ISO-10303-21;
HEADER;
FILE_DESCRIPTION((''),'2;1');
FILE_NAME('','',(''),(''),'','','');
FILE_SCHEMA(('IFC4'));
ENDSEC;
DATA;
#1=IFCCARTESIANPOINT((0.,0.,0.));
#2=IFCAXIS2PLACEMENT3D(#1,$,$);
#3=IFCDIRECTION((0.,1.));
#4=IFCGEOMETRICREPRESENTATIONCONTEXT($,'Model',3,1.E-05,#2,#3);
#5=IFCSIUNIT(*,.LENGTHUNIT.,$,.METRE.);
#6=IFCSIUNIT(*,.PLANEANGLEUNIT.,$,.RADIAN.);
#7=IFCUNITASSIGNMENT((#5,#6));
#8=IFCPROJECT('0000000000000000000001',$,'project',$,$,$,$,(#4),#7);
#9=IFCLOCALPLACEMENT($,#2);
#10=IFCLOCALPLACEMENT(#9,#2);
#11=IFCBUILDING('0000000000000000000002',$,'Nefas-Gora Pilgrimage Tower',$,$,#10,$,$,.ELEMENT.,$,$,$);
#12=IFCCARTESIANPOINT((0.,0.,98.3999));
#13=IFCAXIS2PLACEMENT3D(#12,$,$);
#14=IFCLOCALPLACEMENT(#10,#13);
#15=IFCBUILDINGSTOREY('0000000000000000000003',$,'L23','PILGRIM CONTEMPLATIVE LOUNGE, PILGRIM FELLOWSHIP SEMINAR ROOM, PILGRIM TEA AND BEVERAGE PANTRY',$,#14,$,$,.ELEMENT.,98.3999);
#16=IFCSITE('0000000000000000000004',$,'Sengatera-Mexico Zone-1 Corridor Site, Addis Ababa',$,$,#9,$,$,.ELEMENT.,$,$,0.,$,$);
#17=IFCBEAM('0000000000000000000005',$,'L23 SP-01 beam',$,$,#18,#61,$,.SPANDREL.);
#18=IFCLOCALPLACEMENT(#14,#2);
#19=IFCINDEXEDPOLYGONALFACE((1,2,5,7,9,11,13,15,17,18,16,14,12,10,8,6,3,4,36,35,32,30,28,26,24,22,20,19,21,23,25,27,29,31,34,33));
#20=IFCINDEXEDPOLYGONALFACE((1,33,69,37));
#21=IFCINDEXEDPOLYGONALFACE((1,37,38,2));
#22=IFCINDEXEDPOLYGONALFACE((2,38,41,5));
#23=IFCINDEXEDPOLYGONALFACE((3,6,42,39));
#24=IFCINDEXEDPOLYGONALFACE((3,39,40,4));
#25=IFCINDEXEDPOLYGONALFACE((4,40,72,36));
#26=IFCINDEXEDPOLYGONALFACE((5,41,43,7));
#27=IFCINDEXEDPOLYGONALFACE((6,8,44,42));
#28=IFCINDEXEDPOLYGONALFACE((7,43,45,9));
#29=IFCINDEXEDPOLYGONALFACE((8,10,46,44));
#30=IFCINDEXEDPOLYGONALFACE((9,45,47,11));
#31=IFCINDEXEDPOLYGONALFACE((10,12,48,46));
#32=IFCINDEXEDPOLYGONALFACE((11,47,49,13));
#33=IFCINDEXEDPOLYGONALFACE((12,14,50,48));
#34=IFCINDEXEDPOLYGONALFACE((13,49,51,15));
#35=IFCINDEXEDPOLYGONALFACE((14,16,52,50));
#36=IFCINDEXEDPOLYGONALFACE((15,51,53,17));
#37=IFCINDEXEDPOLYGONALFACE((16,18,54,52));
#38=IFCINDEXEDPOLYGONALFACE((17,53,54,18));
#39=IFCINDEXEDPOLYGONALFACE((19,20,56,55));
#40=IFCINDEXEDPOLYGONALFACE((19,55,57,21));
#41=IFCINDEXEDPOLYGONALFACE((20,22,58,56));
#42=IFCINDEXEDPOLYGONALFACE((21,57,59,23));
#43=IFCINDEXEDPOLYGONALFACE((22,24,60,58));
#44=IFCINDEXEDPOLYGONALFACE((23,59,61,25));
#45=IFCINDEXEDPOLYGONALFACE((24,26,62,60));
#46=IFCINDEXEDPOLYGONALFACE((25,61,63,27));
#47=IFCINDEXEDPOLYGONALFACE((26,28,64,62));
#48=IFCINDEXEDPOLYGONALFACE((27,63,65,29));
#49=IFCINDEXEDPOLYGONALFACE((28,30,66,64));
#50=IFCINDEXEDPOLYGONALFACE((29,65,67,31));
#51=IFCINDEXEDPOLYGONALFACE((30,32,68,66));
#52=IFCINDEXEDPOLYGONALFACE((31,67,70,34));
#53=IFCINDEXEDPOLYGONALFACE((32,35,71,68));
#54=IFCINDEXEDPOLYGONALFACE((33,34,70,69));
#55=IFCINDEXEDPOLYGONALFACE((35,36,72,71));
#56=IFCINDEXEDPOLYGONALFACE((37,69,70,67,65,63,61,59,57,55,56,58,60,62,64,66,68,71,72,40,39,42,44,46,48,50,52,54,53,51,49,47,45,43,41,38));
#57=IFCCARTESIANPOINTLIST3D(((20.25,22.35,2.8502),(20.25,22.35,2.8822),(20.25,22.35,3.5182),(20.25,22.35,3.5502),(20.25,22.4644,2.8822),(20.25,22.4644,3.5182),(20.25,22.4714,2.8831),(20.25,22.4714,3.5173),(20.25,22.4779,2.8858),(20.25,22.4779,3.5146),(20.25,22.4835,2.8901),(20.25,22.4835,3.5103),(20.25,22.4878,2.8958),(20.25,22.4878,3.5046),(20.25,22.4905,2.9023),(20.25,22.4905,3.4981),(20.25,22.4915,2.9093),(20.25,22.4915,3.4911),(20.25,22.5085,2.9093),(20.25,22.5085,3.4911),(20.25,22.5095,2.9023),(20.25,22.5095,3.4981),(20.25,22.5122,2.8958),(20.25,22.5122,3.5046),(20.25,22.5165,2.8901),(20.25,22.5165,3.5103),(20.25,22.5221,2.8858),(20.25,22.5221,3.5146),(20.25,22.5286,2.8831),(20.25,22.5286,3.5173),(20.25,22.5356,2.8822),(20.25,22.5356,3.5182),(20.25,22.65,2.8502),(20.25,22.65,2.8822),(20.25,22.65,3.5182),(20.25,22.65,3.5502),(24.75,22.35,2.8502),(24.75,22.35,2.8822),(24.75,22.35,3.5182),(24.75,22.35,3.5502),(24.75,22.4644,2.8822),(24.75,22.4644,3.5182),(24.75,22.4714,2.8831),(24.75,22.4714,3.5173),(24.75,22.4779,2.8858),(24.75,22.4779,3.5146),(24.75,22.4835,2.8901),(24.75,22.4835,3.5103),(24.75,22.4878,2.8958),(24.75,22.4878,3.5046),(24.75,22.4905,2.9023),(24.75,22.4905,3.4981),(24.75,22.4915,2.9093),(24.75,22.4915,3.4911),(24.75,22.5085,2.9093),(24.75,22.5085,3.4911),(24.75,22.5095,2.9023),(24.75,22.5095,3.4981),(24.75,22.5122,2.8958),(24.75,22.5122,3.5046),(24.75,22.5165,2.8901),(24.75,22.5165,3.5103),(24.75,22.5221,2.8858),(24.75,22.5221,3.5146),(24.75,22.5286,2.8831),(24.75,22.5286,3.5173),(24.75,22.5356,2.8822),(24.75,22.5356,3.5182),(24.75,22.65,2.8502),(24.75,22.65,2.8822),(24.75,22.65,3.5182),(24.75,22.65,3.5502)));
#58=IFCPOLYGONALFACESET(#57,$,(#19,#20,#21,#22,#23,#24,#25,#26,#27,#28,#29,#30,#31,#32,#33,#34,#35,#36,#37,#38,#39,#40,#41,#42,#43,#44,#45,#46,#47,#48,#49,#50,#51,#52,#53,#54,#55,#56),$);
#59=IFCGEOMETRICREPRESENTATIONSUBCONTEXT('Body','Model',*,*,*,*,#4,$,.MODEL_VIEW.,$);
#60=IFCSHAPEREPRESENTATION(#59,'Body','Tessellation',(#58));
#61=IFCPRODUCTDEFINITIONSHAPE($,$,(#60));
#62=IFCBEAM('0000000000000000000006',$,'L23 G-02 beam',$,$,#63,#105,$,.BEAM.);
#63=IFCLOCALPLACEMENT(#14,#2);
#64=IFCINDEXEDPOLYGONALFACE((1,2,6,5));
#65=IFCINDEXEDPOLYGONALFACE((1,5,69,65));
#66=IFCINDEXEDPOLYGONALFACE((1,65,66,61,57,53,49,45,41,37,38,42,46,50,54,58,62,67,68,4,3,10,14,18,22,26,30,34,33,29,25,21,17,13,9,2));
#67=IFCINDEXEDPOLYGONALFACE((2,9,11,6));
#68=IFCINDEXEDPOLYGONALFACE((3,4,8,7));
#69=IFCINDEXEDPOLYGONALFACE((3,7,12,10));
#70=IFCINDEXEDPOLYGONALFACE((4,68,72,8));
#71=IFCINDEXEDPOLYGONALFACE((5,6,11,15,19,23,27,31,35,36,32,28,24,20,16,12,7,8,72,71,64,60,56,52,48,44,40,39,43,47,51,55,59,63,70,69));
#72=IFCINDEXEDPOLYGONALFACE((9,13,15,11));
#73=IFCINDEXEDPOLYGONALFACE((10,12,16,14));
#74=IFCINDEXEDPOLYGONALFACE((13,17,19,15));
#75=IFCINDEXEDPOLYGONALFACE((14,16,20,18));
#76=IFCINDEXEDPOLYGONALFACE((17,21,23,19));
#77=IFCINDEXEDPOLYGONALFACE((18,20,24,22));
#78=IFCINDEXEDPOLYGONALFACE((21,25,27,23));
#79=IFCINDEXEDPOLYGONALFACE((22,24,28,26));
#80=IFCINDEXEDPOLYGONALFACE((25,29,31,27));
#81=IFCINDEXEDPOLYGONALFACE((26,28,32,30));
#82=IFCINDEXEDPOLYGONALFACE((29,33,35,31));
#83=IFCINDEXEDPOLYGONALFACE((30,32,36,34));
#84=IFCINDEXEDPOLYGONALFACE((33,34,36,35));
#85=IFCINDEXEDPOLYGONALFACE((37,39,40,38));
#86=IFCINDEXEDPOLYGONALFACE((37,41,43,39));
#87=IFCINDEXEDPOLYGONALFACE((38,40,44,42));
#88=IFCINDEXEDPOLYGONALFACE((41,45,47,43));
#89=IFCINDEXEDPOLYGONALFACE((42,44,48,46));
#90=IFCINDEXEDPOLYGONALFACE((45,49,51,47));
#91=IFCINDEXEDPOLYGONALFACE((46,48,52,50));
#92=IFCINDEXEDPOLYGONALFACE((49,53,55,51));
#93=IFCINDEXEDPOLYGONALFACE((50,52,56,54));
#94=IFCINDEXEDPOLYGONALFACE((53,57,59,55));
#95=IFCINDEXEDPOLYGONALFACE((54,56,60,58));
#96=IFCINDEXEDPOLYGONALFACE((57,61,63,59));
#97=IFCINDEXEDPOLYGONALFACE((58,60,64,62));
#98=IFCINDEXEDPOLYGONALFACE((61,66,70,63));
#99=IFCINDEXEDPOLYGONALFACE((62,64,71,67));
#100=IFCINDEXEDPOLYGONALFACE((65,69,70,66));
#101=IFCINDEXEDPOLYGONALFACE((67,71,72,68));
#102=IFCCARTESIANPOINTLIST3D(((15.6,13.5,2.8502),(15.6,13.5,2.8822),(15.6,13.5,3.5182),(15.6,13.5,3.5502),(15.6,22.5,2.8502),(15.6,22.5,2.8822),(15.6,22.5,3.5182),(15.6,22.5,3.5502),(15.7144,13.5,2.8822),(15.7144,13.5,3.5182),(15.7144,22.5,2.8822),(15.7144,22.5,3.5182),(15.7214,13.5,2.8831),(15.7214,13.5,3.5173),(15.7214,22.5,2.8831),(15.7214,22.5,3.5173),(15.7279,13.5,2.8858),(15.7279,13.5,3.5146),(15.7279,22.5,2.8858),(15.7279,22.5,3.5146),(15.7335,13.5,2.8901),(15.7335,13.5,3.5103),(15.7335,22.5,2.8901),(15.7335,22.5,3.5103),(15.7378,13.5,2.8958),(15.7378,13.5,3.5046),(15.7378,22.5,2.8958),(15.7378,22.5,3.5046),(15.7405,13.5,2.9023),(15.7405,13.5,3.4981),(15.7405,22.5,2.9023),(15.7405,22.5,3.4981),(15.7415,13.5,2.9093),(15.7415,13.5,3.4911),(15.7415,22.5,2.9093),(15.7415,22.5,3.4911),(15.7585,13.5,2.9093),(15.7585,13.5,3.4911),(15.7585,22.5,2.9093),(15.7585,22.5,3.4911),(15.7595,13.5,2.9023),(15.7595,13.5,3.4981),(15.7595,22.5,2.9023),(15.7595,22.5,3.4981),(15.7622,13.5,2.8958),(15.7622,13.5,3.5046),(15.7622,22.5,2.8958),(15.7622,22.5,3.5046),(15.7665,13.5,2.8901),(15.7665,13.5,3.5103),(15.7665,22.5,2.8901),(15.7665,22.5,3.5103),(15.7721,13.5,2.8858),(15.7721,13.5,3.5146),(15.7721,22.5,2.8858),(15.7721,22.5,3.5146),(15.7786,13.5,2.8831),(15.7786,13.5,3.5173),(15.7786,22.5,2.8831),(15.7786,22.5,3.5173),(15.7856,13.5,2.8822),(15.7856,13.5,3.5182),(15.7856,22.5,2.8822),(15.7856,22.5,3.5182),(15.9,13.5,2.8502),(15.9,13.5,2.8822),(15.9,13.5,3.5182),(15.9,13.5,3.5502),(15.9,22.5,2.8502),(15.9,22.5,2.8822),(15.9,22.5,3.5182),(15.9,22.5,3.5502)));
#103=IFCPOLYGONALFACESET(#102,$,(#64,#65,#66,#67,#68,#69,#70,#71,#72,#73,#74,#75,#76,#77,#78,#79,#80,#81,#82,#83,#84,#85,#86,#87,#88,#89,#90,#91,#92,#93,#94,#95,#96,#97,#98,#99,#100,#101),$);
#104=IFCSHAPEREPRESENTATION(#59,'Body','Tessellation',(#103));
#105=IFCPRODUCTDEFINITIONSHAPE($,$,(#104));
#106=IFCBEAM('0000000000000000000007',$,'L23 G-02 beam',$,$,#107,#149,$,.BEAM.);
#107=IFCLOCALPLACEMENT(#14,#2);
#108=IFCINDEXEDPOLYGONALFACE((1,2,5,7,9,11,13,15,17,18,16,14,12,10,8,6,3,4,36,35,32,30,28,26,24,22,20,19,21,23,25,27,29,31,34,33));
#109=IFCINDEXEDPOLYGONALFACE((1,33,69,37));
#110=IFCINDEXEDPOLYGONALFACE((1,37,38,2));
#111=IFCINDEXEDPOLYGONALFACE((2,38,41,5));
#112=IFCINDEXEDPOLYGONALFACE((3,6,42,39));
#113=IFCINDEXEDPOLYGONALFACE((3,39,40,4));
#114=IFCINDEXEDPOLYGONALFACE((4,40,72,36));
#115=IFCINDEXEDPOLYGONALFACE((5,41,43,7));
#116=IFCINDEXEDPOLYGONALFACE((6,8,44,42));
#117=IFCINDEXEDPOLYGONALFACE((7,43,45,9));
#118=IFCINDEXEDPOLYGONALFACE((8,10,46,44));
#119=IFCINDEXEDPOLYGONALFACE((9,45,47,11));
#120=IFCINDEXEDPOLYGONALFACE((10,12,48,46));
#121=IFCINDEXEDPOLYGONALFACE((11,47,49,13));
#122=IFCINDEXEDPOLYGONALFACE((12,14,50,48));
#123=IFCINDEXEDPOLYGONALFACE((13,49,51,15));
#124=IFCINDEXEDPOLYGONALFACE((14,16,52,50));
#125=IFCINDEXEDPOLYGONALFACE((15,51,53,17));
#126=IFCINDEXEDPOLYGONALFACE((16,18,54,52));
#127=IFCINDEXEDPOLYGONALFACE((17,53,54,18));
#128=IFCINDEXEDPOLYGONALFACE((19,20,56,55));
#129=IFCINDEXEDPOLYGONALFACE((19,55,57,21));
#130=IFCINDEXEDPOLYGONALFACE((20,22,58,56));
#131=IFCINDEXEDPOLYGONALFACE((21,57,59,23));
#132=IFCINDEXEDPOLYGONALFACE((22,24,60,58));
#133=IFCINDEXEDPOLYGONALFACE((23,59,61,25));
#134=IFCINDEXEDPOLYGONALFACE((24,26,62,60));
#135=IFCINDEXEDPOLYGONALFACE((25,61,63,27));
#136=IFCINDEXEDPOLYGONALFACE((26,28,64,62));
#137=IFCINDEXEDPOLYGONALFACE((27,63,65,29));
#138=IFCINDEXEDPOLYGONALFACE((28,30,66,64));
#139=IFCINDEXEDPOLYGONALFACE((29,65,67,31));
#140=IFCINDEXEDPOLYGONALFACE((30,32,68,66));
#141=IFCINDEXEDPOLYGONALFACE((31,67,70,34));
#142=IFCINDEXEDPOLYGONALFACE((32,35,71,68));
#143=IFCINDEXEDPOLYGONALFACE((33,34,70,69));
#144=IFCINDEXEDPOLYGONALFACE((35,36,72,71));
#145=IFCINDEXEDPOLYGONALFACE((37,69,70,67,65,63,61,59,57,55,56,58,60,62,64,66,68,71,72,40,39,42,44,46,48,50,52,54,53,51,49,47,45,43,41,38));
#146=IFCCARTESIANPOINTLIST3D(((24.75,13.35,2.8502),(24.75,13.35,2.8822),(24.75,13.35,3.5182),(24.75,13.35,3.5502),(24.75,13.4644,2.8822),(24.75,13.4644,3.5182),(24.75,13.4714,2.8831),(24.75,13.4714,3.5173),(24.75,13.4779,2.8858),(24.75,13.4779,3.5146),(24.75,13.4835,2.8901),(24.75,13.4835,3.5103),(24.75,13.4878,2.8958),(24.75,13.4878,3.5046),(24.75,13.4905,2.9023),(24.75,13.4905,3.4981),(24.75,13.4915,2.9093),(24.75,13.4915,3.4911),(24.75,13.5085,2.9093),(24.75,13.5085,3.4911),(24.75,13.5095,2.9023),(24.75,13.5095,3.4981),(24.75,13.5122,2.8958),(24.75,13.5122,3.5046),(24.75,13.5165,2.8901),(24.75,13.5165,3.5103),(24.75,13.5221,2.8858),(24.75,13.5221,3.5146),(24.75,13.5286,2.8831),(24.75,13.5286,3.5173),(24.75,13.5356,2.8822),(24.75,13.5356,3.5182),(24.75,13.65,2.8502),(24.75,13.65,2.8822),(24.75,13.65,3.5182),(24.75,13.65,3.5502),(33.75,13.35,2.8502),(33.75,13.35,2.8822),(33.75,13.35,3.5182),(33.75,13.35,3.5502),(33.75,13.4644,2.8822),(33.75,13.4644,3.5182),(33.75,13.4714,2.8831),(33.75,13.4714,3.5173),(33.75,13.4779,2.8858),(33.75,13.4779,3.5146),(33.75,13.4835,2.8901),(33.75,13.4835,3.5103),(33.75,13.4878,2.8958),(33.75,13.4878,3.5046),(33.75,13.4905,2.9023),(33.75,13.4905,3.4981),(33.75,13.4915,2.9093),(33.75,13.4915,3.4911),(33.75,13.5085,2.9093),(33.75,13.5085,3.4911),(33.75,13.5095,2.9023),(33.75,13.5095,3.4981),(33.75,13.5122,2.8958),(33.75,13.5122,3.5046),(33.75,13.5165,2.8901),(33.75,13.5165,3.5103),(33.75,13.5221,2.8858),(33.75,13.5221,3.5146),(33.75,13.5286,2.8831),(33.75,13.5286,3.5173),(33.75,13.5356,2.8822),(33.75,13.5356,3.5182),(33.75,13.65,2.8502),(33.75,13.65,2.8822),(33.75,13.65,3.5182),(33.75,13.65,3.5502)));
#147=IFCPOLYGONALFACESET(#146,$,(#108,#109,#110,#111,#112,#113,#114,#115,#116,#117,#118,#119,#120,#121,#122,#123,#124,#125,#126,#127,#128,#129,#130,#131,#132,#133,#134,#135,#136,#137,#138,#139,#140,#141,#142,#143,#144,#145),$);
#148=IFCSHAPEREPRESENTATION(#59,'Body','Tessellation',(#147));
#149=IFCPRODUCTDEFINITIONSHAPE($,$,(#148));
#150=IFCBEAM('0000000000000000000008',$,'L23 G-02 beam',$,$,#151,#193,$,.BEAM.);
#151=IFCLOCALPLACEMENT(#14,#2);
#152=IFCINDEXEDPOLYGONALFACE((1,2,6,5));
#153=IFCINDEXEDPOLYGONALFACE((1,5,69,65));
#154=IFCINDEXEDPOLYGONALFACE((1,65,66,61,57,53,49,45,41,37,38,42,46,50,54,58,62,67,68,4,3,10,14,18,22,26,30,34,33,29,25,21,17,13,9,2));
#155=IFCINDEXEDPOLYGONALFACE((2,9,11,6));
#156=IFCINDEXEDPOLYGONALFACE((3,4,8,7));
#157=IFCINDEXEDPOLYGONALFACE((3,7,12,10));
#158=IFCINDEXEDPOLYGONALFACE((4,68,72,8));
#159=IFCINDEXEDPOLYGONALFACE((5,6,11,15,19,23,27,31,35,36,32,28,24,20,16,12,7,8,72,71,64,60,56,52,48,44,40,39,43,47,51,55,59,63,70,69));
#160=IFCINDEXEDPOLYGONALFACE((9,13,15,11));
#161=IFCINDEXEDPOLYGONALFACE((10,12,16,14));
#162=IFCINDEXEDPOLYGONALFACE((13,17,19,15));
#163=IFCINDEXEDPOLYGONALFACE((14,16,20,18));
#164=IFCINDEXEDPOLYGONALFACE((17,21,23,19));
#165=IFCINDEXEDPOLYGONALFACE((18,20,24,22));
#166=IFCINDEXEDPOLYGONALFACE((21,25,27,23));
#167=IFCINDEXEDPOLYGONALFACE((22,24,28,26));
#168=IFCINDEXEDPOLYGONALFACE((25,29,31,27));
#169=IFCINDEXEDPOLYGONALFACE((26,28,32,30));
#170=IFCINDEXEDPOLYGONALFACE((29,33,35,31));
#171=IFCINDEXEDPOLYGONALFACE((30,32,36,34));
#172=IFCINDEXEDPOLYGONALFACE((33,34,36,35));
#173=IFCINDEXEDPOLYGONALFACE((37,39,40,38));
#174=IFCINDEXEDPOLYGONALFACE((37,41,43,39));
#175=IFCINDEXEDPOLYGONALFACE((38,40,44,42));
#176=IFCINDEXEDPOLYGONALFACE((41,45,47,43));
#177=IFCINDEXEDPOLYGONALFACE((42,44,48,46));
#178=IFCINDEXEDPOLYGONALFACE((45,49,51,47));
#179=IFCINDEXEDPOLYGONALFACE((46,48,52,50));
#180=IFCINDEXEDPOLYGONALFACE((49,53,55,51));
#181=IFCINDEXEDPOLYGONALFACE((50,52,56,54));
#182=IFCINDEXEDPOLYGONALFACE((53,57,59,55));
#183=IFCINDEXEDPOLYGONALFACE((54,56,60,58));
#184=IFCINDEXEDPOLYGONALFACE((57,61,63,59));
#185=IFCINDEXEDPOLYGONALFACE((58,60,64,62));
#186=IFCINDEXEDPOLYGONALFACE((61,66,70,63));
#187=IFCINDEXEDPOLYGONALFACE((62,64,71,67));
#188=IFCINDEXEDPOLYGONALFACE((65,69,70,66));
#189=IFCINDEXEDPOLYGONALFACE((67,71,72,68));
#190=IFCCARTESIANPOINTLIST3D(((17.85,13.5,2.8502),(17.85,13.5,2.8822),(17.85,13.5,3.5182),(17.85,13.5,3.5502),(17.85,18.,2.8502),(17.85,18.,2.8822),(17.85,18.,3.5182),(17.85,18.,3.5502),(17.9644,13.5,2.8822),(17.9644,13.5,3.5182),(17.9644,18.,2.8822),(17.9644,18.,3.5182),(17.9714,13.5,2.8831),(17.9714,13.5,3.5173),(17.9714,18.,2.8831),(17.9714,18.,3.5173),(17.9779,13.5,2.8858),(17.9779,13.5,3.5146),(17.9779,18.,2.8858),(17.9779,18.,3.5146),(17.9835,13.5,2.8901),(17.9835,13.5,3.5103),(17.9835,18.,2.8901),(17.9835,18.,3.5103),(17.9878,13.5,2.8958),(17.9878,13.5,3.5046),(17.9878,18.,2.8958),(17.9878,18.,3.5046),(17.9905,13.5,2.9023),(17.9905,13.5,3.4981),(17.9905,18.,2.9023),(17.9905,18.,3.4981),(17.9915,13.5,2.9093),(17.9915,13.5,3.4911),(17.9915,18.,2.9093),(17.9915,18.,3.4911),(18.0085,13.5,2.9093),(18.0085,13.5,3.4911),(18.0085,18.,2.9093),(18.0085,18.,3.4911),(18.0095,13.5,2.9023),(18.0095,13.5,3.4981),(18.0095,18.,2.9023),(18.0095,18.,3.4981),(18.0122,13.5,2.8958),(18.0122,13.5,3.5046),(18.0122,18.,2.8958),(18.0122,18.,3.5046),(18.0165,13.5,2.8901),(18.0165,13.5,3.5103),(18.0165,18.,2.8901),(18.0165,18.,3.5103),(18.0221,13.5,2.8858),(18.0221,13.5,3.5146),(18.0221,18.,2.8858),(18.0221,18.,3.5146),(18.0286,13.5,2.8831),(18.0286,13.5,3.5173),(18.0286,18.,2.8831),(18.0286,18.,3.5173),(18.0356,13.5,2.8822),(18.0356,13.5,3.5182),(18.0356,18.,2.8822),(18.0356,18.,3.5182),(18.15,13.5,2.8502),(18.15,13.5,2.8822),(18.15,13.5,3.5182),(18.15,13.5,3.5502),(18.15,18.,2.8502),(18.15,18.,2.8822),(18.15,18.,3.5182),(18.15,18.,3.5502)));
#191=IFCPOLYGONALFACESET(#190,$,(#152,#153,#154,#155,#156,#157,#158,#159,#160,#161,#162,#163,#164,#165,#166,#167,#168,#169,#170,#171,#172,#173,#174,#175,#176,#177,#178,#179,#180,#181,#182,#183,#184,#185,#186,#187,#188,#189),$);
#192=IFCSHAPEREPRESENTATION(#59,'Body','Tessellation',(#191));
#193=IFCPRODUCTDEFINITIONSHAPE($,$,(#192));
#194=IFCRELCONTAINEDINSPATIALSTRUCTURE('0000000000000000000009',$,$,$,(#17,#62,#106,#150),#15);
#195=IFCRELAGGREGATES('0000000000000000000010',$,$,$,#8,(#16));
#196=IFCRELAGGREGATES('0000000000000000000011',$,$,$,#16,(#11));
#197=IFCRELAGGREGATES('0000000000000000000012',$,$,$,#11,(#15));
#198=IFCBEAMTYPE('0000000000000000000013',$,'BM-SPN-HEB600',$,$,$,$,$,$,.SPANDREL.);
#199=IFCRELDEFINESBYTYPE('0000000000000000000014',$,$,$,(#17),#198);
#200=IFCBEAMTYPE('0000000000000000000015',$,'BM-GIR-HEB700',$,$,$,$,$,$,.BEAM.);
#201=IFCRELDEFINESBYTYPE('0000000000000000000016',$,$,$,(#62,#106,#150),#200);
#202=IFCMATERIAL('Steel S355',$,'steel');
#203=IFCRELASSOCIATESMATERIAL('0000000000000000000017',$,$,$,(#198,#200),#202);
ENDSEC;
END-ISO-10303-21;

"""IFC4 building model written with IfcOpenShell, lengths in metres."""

from ifc_helpers import new_model, si_unit, direction, frame, origin, origin_2d, place, context, subcontext, project, spatial, i_section, extrude, source, transform, mapped, material, material_profile, profile_set, type_object, element, save


model = new_model("IFC4")

# Units and contexts
model_context = context("Model", 3, precision=1e-05, world=origin(), true_north=direction((0.0, 1.0)))
body_context = subcontext(model_context, "Body", "Model", "MODEL_VIEW")
ifc_project = project(units=[si_unit("LENGTHUNIT", "METRE"), si_unit("PLANEANGLEUNIT", "RADIAN")], contexts=[model_context])

# Site, building, storey
site_placement = place(None, origin())
site = spatial("IfcSite", under=ifc_project, at=site_placement, Name="Sengatera-Mexico Zone-1 Corridor Site, Addis Ababa", CompositionType="ELEMENT", RefElevation=0.0)
building_placement = place(site_placement, origin())
building = spatial("IfcBuilding", under=site, at=building_placement, Name="Nefas-Gora Pilgrimage Tower", CompositionType="ELEMENT")
storey_placement = place(building_placement, frame((0.0, 0.0, 98.3999)))
storey = spatial("IfcBuildingStorey", under=building, at=storey_placement, Name="L23", Description="PILGRIM CONTEMPLATIVE LOUNGE, PILGRIM FELLOWSHIP SEMINAR ROOM, PILGRIM TEA AND BEVERAGE PANTRY", CompositionType="ELEMENT", Elevation=98.3999)

# Beams
ifc_material_1 = material(Name="Steel S355", Category="steel")
ifc_material_profile_1 = material_profile(ifc_material_1, i_section(OverallWidth=0.3, OverallDepth=0.7, WebThickness=0.0171, FlangeThickness=0.032, FilletRadius=0.0271, at=origin_2d()), Name="HEB 700")
ifc_profile_set_1 = profile_set([ifc_material_profile_1], Name="Steel S355")
beam_type_1 = type_object("IfcBeamType", Name="BM-SPN-HEB600", PredefinedType="SPANDREL", material=ifc_profile_set_1)
shared_shape_1 = source(origin(), body_context, "Body", "SweptSolid", [
    extrude(i_section(OverallWidth=0.3, OverallDepth=0.7, WebThickness=0.0171, FlangeThickness=0.032, FilletRadius=0.0271, at=origin_2d()), origin(), (0.0, 0.0, 1.0), 4.5),
])
beam_1_placement = place(storey_placement, frame((20.25, 22.5, 3.2002), z_axis=(1.0, 0.0, 0.0), x_axis=(0.0, 1.0, 0.0)))
element("IfcBeam", 1, at=beam_1_placement, inside=storey, type_object=beam_type_1, Name="L23 SP-01 beam", PredefinedType="SPANDREL", context=body_context, shape_type="MappedRepresentation", body=[
    mapped(shared_shape_1, transform((0.0, 0.0, 0.0), x_axis=(1.0, 0.0, 0.0), y_axis=(0.0, 1.0, 0.0), z_axis=(0.0, 0.0, 1.0), scale=1.0)),
])
ifc_material_profile_2 = material_profile(ifc_material_1, i_section(OverallWidth=0.3, OverallDepth=0.7, WebThickness=0.0171, FlangeThickness=0.032, FilletRadius=0.0271, at=origin_2d()), Name="HEB 700")
ifc_profile_set_2 = profile_set([ifc_material_profile_2], Name="Steel S355")
beam_type_2 = type_object("IfcBeamType", Name="BM-GIR-HEB700", PredefinedType="BEAM", material=ifc_profile_set_2)
shared_shape_2 = source(origin(), body_context, "Body", "SweptSolid", [
    extrude(i_section(OverallWidth=0.3, OverallDepth=0.7, WebThickness=0.0171, FlangeThickness=0.032, FilletRadius=0.0271, at=origin_2d()), origin(), (0.0, 0.0, 1.0), 9.0),
])
for number, where, z_axis, x_axis, name in (
    (2, (15.75, 13.5, 3.2002), (0.0, 1.0, 0.0), (-1.0, 0.0, 0.0), "L23 G-02 beam"),
    (3, (24.75, 13.5, 3.2002), (1.0, 0.0, 0.0), (0.0, 1.0, 0.0), "L23 G-02 beam"),
):
    element("IfcBeam", number, at=place(storey_placement, frame(where, z_axis=z_axis, x_axis=x_axis)), inside=storey, type_object=beam_type_2, Name=name, PredefinedType="BEAM", context=body_context, shape_type="MappedRepresentation", body=[
        mapped(shared_shape_2, transform((0.0, 0.0, 0.0), x_axis=(1.0, 0.0, 0.0), y_axis=(0.0, 1.0, 0.0), z_axis=(0.0, 0.0, 1.0), scale=1.0)),
    ])
shared_shape_3 = source(origin(), body_context, "Body", "SweptSolid", [
    extrude(i_section(OverallWidth=0.3, OverallDepth=0.7, WebThickness=0.0171, FlangeThickness=0.032, FilletRadius=0.0271, at=origin_2d()), origin(), (0.0, 0.0, 1.0), 4.5),
])
for number, where, z_axis, x_axis, name in (
    (4, (18.0, 13.5, 3.2002), (0.0, 1.0, 0.0), (-1.0, 0.0, 0.0), "L23 G-02 beam"),
):
    element("IfcBeam", number, at=place(storey_placement, frame(where, z_axis=z_axis, x_axis=x_axis)), inside=storey, type_object=beam_type_2, Name=name, PredefinedType="BEAM", context=body_context, shape_type="MappedRepresentation", body=[
        mapped(shared_shape_3, transform((0.0, 0.0, 0.0), x_axis=(1.0, 0.0, 0.0), y_axis=(0.0, 1.0, 0.0), z_axis=(0.0, 0.0, 1.0), scale=1.0)),
    ])

save(model, "model.ifc")
